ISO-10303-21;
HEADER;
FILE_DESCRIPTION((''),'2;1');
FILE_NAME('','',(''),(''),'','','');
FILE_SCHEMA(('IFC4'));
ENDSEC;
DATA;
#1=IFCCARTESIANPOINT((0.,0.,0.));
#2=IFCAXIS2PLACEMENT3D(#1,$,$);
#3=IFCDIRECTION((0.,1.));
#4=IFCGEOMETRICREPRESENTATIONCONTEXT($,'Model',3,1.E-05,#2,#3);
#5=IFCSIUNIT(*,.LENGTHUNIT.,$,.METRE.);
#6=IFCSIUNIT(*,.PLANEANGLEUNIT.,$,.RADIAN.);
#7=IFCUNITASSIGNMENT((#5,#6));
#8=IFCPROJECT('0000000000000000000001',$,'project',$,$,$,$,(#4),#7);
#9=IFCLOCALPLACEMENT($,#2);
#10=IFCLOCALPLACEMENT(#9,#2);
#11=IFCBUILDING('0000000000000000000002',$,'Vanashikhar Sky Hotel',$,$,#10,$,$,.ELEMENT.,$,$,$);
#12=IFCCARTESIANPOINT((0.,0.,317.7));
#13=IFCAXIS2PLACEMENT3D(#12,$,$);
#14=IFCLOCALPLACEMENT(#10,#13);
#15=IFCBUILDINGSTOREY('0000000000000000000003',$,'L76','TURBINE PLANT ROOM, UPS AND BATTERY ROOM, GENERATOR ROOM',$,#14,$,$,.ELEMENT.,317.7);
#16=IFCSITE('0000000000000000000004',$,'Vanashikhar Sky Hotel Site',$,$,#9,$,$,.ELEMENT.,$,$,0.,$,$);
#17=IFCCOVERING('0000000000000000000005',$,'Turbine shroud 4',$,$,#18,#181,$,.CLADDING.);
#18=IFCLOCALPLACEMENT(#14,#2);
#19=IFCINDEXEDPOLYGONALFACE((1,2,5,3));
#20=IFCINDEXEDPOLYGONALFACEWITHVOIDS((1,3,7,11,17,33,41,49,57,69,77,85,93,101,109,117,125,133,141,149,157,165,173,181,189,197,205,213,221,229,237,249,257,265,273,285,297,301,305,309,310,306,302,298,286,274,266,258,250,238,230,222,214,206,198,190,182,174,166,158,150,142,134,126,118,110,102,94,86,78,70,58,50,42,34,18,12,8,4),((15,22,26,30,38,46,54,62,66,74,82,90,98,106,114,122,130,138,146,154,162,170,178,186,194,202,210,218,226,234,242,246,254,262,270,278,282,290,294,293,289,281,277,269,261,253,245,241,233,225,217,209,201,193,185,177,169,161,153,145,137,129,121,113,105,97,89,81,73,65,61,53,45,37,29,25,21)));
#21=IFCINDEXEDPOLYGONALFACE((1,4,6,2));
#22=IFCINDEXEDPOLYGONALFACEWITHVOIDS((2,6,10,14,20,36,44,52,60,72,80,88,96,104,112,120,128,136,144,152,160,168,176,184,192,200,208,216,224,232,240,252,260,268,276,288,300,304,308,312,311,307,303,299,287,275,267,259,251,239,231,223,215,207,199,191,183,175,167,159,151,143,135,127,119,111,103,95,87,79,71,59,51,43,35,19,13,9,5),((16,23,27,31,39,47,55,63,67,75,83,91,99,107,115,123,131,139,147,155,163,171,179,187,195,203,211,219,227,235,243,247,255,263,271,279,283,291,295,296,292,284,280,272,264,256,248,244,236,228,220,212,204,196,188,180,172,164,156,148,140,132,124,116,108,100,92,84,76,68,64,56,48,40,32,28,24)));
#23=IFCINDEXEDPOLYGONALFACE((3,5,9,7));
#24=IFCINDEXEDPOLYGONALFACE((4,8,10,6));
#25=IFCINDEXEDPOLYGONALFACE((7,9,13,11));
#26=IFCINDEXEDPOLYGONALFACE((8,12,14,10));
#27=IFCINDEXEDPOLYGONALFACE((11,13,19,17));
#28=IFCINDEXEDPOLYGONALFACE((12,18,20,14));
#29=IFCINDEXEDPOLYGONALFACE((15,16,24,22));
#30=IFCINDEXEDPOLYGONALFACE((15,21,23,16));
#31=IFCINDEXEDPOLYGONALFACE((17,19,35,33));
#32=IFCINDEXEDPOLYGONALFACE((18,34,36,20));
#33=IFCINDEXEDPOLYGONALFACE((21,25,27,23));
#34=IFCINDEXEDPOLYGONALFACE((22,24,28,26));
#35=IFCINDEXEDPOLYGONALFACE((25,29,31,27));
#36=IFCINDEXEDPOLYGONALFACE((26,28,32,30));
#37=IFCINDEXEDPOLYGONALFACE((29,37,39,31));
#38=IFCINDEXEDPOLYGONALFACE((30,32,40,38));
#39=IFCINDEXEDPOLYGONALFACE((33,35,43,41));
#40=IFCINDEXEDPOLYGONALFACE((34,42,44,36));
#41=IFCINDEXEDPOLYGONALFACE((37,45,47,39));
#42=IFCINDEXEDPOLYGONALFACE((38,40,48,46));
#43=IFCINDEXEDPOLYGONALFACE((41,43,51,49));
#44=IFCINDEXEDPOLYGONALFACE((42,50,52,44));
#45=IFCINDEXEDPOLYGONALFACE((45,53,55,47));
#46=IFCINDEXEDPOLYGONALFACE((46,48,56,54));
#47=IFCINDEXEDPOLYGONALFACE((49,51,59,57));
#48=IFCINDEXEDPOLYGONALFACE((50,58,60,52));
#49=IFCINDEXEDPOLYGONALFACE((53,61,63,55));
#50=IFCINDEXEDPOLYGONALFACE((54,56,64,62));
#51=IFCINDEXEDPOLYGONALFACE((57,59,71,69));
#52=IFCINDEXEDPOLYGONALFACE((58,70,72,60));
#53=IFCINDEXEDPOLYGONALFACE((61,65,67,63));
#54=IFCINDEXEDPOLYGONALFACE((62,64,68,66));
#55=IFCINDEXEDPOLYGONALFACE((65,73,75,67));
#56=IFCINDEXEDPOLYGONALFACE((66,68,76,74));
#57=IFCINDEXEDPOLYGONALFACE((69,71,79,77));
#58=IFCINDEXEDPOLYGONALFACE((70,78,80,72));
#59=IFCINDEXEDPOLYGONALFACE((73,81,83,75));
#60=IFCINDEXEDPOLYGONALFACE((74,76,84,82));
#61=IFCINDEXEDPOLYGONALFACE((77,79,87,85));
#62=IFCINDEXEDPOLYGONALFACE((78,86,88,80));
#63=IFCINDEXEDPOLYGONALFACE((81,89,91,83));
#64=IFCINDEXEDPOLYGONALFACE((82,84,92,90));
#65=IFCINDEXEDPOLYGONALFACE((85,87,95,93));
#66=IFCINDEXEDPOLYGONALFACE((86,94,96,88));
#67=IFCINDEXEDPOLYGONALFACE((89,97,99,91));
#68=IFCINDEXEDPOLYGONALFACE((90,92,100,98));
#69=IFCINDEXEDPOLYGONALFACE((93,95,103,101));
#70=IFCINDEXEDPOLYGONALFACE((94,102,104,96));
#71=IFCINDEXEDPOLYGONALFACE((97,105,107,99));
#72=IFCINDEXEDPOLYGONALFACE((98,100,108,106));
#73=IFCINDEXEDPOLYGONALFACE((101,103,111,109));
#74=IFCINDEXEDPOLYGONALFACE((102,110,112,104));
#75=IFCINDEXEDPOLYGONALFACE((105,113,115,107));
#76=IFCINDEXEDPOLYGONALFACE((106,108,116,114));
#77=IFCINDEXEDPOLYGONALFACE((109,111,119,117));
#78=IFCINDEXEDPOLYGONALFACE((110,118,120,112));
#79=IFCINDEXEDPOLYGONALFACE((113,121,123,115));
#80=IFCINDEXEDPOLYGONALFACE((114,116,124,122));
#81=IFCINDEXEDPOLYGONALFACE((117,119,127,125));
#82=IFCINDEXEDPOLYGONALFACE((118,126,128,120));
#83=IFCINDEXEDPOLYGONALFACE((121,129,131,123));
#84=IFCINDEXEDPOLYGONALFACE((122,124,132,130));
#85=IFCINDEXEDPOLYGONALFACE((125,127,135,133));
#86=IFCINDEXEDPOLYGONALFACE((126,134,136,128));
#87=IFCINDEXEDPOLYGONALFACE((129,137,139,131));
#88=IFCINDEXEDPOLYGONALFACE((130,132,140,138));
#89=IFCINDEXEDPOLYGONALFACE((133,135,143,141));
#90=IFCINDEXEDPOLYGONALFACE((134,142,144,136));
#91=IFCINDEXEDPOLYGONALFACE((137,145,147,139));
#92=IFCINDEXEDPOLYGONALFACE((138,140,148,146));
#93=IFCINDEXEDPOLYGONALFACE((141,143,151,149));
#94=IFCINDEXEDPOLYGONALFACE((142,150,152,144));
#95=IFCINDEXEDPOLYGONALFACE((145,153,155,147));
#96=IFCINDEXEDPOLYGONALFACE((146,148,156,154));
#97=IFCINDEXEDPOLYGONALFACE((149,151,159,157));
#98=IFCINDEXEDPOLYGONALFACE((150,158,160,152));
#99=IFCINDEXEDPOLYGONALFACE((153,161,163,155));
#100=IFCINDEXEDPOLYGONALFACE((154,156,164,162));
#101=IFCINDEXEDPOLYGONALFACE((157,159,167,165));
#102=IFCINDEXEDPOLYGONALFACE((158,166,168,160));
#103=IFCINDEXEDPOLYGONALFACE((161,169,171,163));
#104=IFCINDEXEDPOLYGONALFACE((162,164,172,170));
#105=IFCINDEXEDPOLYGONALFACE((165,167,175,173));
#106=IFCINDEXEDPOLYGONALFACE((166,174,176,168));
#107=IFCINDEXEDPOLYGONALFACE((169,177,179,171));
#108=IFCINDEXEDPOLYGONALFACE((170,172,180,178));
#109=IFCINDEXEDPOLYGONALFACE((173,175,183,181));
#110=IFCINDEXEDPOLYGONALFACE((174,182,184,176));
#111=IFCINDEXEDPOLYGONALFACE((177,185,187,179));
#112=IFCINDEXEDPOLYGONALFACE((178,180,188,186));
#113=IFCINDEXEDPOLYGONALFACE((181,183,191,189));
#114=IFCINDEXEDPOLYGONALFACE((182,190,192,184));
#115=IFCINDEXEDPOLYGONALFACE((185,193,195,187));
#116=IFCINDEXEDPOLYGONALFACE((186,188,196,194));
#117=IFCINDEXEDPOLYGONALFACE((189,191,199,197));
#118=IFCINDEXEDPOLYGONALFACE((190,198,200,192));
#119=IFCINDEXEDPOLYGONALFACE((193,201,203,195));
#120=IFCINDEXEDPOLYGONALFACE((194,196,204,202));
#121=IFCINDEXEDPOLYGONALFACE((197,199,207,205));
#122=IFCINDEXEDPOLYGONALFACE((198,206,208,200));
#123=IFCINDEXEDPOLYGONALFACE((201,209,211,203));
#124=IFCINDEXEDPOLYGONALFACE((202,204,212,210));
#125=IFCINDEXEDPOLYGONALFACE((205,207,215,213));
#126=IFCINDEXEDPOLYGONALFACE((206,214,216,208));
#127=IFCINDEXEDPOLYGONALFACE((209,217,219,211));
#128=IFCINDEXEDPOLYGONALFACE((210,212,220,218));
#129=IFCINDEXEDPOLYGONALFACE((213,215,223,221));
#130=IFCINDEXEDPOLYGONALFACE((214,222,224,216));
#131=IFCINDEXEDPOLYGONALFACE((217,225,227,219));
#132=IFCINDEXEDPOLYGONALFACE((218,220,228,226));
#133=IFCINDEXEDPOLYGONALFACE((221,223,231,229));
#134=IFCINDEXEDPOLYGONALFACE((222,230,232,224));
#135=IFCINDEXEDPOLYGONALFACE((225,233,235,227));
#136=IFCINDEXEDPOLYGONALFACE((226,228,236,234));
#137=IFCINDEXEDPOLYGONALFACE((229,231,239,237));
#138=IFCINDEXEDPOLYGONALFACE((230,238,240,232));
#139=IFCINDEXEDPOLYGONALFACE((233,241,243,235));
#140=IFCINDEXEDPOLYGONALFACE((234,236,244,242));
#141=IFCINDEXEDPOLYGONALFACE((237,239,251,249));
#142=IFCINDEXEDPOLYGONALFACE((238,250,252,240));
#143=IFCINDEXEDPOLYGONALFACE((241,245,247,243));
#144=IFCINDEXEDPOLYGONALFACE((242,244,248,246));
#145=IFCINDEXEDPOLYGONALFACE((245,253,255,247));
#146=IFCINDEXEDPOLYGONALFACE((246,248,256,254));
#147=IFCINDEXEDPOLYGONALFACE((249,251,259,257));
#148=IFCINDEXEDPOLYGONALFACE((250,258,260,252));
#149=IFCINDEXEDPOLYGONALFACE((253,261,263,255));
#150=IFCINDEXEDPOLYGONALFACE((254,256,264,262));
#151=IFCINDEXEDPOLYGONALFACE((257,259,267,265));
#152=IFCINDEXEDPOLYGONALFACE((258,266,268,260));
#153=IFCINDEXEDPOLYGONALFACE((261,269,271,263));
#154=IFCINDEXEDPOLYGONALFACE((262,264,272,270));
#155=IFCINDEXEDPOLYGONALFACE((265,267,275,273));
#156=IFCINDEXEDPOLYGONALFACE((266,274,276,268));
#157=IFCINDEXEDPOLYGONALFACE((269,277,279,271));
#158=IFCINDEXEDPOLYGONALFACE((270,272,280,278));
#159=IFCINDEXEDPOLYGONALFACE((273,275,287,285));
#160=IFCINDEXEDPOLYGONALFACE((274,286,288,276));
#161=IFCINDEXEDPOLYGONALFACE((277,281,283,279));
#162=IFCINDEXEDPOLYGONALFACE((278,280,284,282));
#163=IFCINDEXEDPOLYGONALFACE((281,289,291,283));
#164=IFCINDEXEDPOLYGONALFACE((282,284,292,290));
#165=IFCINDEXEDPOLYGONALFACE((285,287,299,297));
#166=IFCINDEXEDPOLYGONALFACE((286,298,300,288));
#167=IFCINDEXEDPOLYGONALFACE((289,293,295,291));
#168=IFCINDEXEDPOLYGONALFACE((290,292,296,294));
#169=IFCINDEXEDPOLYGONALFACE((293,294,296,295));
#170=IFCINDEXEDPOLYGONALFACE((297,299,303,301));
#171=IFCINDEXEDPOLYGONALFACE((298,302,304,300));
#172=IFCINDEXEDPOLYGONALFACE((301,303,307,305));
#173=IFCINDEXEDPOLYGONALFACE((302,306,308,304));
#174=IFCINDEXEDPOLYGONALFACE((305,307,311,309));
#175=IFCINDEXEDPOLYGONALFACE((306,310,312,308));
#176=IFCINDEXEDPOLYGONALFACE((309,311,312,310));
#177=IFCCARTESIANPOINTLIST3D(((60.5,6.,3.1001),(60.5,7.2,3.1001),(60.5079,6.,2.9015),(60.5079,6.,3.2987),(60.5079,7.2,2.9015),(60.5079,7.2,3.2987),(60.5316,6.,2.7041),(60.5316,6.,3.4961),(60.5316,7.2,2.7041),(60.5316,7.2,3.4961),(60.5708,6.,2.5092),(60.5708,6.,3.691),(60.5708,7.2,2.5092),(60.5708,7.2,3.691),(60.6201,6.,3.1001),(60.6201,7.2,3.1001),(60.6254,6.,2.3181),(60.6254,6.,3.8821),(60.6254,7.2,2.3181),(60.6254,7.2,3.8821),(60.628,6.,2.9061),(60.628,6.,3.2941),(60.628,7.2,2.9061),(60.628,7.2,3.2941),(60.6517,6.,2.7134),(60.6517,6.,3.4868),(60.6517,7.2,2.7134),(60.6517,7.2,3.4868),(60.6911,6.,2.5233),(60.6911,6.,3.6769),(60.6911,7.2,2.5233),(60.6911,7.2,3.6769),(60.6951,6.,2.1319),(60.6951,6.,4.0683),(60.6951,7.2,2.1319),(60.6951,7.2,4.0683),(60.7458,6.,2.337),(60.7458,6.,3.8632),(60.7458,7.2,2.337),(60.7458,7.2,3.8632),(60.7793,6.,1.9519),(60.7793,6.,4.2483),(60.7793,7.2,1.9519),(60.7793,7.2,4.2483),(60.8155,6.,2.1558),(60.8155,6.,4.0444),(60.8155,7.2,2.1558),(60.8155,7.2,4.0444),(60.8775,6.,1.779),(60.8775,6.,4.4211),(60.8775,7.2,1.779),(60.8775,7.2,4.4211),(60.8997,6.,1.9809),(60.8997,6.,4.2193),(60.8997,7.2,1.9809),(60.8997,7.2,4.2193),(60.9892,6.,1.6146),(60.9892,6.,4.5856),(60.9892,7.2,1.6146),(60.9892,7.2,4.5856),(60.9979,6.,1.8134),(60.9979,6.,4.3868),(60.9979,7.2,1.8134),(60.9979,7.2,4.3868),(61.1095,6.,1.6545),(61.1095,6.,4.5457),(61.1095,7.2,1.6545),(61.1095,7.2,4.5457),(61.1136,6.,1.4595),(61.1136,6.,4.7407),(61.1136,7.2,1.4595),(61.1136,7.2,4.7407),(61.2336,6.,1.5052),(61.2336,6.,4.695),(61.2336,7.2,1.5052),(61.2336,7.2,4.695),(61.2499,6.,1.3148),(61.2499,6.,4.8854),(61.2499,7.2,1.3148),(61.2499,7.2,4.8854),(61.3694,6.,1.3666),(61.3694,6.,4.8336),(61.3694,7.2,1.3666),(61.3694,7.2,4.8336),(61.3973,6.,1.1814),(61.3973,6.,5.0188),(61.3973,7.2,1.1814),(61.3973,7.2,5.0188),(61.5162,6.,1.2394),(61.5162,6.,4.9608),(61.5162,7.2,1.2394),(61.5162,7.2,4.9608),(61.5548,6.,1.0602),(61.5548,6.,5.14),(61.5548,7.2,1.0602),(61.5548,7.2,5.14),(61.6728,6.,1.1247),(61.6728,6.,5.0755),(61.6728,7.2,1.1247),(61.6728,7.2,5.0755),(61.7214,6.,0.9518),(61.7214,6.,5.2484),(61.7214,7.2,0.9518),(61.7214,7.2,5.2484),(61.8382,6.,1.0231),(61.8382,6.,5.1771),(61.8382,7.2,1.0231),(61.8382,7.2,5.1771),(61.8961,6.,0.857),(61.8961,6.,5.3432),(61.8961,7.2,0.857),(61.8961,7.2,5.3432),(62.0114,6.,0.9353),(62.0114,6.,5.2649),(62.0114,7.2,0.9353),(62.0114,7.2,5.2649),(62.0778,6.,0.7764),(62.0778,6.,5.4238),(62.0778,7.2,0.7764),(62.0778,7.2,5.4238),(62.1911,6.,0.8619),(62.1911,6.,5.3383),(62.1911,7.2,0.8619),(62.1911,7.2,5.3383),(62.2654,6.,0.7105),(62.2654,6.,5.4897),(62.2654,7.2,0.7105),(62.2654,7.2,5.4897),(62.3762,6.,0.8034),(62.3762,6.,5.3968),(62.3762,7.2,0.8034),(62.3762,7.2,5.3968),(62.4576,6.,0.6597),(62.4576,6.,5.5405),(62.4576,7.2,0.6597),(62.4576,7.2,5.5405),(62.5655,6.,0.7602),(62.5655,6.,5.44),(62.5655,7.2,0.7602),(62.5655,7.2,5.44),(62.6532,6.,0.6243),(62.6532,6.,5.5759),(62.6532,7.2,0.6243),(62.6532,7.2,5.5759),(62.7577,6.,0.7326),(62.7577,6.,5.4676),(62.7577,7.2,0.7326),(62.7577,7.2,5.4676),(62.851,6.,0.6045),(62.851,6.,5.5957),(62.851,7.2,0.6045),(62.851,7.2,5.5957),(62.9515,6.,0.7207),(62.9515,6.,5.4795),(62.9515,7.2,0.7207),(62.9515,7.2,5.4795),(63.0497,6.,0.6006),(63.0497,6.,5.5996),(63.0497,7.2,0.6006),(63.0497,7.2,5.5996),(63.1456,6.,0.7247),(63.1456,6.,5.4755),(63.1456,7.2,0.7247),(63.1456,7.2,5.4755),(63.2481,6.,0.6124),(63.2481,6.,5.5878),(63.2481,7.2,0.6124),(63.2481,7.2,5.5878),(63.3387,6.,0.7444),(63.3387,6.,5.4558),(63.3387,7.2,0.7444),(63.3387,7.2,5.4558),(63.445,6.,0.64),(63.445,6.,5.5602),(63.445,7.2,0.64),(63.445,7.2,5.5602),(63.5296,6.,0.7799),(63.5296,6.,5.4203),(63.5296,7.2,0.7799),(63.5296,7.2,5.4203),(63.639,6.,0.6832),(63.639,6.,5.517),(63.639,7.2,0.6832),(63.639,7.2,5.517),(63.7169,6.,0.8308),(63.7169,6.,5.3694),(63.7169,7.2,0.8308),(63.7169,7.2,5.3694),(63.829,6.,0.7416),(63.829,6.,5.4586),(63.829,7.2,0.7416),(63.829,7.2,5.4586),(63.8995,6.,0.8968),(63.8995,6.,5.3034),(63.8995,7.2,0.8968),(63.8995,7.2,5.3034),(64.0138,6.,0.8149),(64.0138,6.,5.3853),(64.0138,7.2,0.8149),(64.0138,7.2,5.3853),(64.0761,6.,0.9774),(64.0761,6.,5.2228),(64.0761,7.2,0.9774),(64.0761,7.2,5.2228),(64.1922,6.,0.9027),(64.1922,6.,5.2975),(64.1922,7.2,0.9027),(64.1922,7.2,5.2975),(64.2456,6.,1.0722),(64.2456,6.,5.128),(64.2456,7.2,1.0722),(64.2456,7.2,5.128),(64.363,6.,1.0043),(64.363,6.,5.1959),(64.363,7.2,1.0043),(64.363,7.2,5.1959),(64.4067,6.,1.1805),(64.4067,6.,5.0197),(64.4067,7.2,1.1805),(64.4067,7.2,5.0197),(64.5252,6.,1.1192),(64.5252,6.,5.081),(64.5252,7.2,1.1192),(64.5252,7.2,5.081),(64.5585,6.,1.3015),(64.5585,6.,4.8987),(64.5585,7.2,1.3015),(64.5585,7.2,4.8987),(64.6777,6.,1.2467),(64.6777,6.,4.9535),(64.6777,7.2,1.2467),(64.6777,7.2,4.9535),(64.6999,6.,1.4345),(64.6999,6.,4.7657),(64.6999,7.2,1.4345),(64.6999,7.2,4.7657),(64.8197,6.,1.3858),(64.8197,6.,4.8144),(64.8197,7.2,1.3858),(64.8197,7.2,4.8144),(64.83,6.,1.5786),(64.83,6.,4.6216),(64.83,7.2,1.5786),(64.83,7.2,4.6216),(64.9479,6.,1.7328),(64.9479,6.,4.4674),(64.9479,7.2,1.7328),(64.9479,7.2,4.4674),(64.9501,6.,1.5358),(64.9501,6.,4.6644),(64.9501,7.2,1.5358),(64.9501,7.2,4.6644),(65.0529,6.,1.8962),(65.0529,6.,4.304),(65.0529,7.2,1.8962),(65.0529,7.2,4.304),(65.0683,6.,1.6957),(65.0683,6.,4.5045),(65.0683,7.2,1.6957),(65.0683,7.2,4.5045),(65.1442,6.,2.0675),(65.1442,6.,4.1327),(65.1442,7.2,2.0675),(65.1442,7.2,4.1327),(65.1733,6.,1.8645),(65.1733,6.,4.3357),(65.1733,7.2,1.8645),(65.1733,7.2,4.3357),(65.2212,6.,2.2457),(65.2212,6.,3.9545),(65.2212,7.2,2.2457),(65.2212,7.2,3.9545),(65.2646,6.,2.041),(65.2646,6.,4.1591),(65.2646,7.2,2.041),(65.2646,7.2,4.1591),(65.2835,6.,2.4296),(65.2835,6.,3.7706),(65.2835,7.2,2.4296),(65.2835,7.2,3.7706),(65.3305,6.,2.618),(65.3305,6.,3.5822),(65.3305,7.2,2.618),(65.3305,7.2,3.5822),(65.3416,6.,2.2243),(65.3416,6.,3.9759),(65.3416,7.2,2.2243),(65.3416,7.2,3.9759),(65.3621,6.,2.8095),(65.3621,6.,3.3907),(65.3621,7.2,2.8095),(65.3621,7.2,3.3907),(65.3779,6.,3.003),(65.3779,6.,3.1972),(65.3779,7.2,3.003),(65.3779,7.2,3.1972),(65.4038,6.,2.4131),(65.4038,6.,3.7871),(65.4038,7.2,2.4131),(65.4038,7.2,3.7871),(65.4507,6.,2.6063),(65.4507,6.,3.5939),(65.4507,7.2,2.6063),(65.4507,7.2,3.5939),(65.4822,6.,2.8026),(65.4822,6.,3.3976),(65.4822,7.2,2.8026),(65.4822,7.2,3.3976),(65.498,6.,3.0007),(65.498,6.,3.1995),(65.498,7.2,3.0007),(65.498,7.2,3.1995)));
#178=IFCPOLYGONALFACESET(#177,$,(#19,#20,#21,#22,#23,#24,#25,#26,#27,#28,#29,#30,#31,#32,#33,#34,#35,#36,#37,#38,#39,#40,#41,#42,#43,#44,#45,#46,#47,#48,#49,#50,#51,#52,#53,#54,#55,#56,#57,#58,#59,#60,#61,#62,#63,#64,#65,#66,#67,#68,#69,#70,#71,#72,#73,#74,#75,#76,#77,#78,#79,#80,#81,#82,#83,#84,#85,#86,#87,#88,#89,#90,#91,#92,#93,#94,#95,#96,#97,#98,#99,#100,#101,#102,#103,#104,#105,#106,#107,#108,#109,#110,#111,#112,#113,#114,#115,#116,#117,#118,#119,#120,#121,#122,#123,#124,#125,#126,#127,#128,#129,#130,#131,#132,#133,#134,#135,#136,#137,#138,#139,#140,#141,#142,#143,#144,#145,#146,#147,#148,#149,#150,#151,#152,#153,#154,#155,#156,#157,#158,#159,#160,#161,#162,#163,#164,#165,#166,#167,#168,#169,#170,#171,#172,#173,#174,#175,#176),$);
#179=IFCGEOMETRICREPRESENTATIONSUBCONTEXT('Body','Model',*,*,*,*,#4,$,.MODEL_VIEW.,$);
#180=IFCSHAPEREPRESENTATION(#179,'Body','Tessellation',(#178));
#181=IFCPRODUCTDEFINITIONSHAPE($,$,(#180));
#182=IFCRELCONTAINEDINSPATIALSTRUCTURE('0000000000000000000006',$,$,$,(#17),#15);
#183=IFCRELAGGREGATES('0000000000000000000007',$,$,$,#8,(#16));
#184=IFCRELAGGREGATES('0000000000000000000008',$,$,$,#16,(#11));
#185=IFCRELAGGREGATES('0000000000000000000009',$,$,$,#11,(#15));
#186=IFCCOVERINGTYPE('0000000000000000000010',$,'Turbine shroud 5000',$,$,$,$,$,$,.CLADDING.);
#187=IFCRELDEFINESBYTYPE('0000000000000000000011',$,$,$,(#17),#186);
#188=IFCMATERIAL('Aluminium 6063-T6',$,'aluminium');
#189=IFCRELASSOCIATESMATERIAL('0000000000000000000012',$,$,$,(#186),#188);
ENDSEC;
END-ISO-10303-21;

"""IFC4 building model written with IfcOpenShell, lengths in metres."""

from ifc_helpers import new_model, si_unit, direction, frame, origin, origin_2d, place, context, subcontext, project, spatial, hollow_circle, extrude, source, transform, mapped, material, material_profile, profile_set, type_object, element, save


model = new_model("IFC4")

# Units and contexts
model_context = context("Model", 3, precision=1e-05, world=origin(), true_north=direction((0.0, 1.0)))
body_context = subcontext(model_context, "Body", "Model", "MODEL_VIEW")
ifc_project = project(units=[si_unit("LENGTHUNIT", "METRE"), si_unit("PLANEANGLEUNIT", "RADIAN")], contexts=[model_context])

# Site, building, storey
site_placement = place(None, origin())
site = spatial("IfcSite", under=ifc_project, at=site_placement, Name="Vanashikhar Sky Hotel Site", CompositionType="ELEMENT", RefElevation=0.0)
building_placement = place(site_placement, origin())
building = spatial("IfcBuilding", under=site, at=building_placement, Name="Vanashikhar Sky Hotel", CompositionType="ELEMENT")
storey_placement = place(building_placement, frame((0.0, 0.0, 317.7)))
storey = spatial("IfcBuildingStorey", under=building, at=storey_placement, Name="L76", Description="TURBINE PLANT ROOM, UPS AND BATTERY ROOM, GENERATOR ROOM", CompositionType="ELEMENT", Elevation=317.7)

# Covering
ifc_material_1 = material(Name="Aluminium 6063-T6", Category="aluminium")
ifc_material_profile_1 = material_profile(ifc_material_1, hollow_circle(Radius=2.5, WallThickness=0.1201, at=origin_2d()))
ifc_profile_set_1 = profile_set([ifc_material_profile_1], Name="Turbine shroud 5000")
covering_type_1 = type_object("IfcCoveringType", Name="Turbine shroud 5000", PredefinedType="CLADDING", material=ifc_profile_set_1)
shared_shape_1 = source(origin(), body_context, "Body", "SweptSolid", [
    extrude(hollow_circle(Radius=2.5, WallThickness=0.1201, at=origin_2d()), origin(), (0.0, 0.0, 1.0), 1.2),
])
covering_1_placement = place(storey_placement, frame((63.0, 6.0, 3.1001), z_axis=(0.0, 1.0, 0.0), x_axis=(-1.0, 0.0, 0.0)))
element("IfcCovering", 1, at=covering_1_placement, inside=storey, type_object=covering_type_1, Name="Turbine shroud 4", PredefinedType="CLADDING", context=body_context, shape_type="MappedRepresentation", body=[
    mapped(shared_shape_1, transform((0.0, 0.0, 0.0), scale=1.0)),
])

save(model, "model.ifc")
